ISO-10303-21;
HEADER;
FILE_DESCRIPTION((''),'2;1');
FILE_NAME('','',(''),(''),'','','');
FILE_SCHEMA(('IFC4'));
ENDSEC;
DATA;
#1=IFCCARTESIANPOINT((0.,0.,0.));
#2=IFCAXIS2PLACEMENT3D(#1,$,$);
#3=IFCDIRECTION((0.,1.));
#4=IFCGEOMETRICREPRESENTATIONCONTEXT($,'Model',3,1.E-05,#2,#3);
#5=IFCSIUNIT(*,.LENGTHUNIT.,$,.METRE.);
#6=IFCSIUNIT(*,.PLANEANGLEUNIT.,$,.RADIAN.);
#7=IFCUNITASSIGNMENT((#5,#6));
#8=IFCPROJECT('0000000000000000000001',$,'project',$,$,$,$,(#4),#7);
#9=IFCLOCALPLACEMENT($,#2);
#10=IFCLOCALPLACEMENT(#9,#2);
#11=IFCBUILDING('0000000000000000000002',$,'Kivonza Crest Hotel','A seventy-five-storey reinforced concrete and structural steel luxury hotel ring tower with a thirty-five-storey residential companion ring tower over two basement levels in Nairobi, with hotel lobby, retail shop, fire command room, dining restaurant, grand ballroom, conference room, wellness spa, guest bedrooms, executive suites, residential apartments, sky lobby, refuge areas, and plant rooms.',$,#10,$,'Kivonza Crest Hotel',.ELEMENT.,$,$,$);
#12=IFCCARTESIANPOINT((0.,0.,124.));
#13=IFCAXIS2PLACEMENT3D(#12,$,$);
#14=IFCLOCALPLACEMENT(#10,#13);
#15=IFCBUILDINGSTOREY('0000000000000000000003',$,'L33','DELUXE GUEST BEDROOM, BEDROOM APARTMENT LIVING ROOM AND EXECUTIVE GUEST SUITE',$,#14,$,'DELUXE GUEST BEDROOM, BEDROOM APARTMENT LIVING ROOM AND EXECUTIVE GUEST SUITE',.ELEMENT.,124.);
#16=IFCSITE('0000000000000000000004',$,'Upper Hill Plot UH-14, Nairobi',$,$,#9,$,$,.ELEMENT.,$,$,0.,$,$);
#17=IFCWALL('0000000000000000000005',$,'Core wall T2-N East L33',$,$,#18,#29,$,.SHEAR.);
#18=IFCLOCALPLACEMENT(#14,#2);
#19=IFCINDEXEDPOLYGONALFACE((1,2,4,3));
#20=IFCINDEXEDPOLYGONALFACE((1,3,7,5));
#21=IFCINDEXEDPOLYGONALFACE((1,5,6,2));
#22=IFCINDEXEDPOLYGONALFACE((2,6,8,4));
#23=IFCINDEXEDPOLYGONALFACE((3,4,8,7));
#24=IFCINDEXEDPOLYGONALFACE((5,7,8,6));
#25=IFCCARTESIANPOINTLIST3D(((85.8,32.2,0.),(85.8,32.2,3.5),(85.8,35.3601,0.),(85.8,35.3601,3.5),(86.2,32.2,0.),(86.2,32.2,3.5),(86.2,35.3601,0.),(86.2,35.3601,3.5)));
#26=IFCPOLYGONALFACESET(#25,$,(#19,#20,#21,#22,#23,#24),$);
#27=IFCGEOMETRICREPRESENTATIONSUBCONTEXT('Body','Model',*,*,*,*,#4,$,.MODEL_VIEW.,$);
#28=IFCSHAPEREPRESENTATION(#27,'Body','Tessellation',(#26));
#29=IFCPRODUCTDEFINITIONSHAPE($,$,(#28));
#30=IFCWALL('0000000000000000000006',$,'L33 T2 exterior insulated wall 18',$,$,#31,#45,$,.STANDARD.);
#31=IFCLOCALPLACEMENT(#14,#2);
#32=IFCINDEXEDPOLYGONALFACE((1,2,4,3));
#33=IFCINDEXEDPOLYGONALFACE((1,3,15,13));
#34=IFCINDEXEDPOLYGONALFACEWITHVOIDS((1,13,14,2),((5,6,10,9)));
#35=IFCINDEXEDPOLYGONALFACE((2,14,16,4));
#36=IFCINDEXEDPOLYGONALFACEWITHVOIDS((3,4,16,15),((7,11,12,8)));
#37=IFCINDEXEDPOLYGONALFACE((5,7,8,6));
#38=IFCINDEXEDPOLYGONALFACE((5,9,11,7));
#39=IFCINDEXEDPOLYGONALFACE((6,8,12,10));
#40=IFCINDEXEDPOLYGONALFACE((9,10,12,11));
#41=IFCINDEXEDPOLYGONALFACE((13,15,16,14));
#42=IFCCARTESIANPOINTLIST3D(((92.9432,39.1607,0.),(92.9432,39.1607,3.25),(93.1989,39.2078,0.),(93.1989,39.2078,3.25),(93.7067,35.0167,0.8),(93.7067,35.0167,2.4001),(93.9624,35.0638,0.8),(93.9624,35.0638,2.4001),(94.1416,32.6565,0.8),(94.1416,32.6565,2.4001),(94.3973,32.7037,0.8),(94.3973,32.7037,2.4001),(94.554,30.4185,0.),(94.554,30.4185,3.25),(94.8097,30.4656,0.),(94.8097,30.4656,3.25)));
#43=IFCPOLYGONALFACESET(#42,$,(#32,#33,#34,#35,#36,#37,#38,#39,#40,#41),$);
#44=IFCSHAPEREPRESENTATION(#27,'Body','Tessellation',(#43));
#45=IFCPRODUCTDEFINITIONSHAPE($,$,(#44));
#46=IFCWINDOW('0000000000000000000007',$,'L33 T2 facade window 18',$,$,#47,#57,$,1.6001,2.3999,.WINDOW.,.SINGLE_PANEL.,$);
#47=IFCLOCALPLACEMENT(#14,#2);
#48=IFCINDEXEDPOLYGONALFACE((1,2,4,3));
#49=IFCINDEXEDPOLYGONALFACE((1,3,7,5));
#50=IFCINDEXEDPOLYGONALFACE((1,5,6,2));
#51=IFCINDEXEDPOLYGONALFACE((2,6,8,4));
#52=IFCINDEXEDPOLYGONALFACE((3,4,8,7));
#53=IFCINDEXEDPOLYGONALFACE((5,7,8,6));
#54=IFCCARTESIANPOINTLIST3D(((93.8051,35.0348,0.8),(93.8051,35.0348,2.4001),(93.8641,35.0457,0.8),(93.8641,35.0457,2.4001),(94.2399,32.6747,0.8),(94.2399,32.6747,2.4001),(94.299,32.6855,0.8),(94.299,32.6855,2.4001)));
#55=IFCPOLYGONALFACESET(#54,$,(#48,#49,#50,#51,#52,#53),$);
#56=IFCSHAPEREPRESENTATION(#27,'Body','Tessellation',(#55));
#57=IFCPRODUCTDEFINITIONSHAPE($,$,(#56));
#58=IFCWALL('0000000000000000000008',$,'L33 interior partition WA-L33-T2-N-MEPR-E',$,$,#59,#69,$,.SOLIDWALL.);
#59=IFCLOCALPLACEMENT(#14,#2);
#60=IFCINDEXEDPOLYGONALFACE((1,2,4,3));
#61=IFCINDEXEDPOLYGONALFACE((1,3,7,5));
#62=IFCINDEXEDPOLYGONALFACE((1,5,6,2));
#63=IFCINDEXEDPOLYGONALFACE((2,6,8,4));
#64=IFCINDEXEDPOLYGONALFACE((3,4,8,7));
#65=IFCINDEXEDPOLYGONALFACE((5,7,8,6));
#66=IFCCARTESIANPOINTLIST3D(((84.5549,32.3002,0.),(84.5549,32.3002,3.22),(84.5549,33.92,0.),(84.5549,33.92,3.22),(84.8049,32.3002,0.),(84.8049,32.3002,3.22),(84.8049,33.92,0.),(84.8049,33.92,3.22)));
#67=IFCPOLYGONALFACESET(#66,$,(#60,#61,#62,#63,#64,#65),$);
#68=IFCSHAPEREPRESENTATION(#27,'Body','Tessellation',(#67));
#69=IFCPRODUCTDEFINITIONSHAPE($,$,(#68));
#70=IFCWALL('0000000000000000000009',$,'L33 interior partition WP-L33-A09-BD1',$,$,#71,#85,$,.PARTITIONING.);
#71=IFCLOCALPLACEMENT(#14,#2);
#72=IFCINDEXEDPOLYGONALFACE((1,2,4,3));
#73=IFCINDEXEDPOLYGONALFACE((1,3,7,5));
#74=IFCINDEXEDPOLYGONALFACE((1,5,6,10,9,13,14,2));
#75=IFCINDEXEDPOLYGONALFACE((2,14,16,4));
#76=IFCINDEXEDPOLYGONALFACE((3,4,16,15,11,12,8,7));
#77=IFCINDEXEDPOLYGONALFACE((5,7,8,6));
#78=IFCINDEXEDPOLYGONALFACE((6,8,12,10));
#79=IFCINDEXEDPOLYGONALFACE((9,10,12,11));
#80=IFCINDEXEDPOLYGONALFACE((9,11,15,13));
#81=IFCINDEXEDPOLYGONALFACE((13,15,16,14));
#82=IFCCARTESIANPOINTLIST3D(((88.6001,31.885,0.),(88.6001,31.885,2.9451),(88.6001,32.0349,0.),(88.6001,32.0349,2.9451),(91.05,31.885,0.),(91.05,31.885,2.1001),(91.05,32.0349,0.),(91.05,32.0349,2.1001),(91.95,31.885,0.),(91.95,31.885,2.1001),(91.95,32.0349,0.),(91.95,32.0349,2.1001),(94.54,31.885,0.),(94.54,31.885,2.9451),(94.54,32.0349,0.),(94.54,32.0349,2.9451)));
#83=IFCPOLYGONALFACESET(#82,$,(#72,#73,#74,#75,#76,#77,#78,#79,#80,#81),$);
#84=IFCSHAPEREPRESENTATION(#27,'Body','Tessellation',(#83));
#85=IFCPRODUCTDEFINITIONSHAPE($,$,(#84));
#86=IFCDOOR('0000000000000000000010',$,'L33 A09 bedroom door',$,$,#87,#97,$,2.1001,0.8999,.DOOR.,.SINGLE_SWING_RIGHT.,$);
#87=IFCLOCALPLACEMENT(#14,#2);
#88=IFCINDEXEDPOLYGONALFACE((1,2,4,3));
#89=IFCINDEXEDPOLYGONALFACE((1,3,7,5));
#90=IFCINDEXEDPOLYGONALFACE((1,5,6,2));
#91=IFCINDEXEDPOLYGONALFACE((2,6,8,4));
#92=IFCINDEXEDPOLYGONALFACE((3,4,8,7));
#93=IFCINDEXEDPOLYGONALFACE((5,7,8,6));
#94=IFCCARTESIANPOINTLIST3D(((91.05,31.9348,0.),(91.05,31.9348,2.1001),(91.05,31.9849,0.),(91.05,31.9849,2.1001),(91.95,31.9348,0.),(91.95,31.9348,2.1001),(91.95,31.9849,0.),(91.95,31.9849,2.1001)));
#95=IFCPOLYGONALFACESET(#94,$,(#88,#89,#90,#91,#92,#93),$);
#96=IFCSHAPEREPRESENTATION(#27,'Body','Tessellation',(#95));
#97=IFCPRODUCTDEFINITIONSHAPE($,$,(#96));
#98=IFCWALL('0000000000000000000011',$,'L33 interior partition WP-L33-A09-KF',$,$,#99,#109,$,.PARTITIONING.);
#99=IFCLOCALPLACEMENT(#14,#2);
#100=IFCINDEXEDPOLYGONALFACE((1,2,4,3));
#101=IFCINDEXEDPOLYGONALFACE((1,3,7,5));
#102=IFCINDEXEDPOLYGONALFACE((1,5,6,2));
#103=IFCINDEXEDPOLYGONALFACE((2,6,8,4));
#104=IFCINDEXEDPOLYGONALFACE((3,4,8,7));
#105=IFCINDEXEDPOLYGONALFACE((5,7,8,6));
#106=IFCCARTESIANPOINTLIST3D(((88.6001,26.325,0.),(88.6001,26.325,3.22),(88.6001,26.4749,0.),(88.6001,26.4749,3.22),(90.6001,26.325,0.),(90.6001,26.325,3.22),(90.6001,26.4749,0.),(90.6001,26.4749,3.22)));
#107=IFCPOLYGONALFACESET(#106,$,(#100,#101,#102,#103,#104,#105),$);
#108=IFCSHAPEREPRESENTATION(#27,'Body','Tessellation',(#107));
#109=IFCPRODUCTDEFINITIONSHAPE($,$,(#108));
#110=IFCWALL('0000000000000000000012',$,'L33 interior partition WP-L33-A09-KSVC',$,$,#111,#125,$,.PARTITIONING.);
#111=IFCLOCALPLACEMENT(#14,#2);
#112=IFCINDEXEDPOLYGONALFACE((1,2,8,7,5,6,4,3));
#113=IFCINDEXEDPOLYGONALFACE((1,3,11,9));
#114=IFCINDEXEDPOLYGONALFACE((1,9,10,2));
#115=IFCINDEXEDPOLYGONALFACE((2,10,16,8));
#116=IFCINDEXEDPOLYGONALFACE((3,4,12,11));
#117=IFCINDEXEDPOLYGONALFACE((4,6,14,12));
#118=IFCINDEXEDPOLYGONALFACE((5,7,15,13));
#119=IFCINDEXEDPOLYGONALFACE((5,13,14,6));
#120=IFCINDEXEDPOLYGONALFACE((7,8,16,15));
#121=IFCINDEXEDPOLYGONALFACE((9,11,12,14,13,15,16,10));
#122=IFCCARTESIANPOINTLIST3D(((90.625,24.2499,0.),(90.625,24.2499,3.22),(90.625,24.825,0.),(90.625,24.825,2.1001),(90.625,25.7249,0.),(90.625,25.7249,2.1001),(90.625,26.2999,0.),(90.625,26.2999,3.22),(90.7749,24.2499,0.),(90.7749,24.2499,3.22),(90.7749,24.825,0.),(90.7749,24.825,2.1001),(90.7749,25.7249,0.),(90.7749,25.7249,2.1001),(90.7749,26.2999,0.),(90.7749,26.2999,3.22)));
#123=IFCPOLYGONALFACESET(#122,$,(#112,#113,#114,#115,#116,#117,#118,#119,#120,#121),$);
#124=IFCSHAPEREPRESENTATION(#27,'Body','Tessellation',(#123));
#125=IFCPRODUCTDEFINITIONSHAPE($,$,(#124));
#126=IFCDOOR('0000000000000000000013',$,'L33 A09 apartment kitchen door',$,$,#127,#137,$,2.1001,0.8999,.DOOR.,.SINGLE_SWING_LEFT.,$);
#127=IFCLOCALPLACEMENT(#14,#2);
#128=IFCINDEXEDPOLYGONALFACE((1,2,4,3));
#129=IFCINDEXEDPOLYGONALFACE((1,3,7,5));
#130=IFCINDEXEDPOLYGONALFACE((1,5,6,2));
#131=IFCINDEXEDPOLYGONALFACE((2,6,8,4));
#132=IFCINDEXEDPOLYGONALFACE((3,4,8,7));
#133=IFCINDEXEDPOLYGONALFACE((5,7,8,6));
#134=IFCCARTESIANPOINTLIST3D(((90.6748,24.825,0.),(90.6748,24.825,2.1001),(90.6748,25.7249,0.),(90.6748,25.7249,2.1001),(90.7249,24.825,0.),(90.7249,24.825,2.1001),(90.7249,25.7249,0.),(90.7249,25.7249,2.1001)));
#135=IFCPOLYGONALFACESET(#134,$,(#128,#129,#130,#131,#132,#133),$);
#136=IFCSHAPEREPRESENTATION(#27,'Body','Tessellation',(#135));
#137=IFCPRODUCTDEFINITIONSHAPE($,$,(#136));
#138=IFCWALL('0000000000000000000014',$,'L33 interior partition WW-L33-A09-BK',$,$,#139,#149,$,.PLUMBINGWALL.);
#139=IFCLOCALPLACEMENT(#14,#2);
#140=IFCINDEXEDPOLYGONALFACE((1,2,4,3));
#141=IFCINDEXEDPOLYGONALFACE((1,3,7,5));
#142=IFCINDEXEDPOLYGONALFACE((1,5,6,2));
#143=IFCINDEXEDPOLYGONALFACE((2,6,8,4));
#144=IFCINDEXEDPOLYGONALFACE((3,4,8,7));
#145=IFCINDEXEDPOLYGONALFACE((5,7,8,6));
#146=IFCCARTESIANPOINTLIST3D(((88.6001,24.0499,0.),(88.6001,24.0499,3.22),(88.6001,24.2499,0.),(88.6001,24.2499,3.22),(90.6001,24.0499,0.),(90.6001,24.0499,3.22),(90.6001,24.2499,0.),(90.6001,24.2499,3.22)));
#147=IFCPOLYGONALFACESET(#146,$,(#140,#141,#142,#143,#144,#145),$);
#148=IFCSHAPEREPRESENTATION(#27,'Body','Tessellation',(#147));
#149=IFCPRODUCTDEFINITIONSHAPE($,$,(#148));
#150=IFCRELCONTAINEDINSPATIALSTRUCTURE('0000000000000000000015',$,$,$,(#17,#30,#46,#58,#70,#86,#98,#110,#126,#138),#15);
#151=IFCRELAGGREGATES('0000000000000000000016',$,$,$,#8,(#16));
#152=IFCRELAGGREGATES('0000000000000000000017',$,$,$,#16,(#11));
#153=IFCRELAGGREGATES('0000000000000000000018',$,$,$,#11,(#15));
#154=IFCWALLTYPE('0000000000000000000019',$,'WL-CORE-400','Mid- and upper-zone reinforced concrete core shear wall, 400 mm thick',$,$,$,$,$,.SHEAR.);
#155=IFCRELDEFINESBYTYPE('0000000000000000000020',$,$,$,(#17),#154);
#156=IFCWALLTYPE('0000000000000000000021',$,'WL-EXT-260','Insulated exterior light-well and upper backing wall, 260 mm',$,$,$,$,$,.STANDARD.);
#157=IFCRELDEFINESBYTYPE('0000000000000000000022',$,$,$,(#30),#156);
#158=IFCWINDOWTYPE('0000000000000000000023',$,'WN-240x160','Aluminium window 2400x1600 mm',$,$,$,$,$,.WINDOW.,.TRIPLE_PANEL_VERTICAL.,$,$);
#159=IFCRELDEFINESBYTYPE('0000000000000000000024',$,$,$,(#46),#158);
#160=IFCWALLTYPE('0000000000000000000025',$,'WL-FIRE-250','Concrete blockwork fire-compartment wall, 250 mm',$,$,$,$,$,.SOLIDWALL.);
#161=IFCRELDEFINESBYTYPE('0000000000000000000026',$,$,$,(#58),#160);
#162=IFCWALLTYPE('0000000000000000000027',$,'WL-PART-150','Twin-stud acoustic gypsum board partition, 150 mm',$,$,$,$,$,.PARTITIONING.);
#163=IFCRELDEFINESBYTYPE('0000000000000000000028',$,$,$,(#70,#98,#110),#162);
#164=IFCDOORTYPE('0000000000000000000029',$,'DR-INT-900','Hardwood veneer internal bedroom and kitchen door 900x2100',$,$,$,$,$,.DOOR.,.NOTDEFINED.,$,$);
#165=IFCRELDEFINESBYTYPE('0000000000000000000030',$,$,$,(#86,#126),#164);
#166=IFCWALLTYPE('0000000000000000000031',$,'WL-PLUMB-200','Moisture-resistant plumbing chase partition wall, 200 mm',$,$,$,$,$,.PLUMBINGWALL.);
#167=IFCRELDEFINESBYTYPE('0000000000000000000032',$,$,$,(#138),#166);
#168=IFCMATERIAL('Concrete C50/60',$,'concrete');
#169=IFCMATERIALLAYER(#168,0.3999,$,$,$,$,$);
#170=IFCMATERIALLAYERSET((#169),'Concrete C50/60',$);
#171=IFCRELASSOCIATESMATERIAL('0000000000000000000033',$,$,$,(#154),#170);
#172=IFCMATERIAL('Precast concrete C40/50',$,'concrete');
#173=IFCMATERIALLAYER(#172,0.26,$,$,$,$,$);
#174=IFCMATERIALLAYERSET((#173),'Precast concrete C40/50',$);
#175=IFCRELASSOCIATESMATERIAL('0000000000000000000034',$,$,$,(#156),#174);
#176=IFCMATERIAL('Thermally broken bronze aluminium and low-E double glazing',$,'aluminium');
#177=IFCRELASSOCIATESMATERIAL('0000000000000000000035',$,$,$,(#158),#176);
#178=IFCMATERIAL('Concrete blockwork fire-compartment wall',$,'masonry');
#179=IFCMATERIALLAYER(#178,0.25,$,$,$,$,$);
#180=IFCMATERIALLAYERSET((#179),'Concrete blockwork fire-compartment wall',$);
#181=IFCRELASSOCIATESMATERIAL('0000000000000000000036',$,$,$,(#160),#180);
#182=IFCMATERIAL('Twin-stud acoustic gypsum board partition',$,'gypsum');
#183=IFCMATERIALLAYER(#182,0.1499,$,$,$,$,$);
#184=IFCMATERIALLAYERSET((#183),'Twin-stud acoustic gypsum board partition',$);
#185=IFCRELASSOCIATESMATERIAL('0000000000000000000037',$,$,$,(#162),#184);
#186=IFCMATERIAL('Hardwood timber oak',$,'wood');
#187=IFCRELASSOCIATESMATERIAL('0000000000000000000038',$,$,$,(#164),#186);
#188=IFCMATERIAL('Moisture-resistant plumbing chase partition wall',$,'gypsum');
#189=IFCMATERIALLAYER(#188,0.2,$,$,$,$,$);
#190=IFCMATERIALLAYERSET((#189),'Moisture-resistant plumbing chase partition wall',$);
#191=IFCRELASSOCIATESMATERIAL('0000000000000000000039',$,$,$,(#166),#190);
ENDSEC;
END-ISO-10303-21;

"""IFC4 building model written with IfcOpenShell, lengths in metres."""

from ifc_helpers import new_model, si_unit, direction, frame, frame_2d, origin, place, context, subcontext, project, spatial, rectangle, extrude, material, layer, layer_set, type_object, element, fill, save


model = new_model("IFC4")

# Units and contexts
model_context = context("Model", 3, precision=1e-05, world=origin(), true_north=direction((0.0, 1.0)))
body_context = subcontext(model_context, "Body", "Model", "MODEL_VIEW")
ifc_project = project(units=[si_unit("LENGTHUNIT", "METRE"), si_unit("PLANEANGLEUNIT", "RADIAN")], contexts=[model_context])

# Site, building, storey
site_placement = place(None, origin())
site = spatial("IfcSite", under=ifc_project, at=site_placement, Name="Upper Hill Plot UH-14, Nairobi", CompositionType="ELEMENT", RefElevation=0.0)
building_placement = place(site_placement, origin())
building = spatial("IfcBuilding", under=site, at=building_placement, Name="Kivonza Crest Hotel", Description="A seventy-five-storey reinforced concrete and structural steel luxury hotel ring tower with a thirty-five-storey residential companion ring tower over two basement levels in Nairobi, with hotel lobby, retail shop, fire command room, dining restaurant, grand ballroom, conference room, wellness spa, guest bedrooms, executive suites, residential apartments, sky lobby, refuge areas, and plant rooms.", LongName="Kivonza Crest Hotel", CompositionType="ELEMENT")
storey_placement = place(building_placement, frame((0.0, 0.0, 124.0)))
storey = spatial("IfcBuildingStorey", under=building, at=storey_placement, Name="L33", Description="DELUXE GUEST BEDROOM, BEDROOM APARTMENT LIVING ROOM AND EXECUTIVE GUEST SUITE", LongName="DELUXE GUEST BEDROOM, BEDROOM APARTMENT LIVING ROOM AND EXECUTIVE GUEST SUITE", CompositionType="ELEMENT", Elevation=124.0)

# Shared definitions
ifc_material_1 = material(Name="Concrete C50/60", Category="concrete")

# Shared definitions
ifc_material_2 = material(Name="Hardwood timber oak", Category="wood")

# Wall
ifc_layer_1 = layer(ifc_material_1, 0.3999)
ifc_layer_set_1 = layer_set([ifc_layer_1], Name="Concrete C50/60")
wall_type_1 = type_object("IfcWallType", Name="WL-CORE-400", Description="Mid- and upper-zone reinforced concrete core shear wall, 400 mm thick", PredefinedType="SHEAR", material=ifc_layer_set_1)
wall_1_placement = place(storey_placement, frame((86.0, 32.2, 0.0), z_axis=(0.0, 0.0, 1.0), x_axis=(0.0, 1.0, 0.0)))
element("IfcWall", 1, at=wall_1_placement, inside=storey, type_object=wall_type_1, Name="Core wall T2-N East L33", PredefinedType="SHEAR", context=body_context, shape_type="SweptSolid", body=[
    extrude(rectangle(XDim=3.1602, YDim=0.3999, at=frame_2d((1.5801, 0.0))), origin(), (0.0, 0.0, 1.0), 3.5),
])

# Wall, opening, window
ifc_material_3 = material(Name="Precast concrete C40/50", Category="concrete")
ifc_layer_2 = layer(ifc_material_3, 0.26)
ifc_layer_set_2 = layer_set([ifc_layer_2], Name="Precast concrete C40/50")
wall_type_2 = type_object("IfcWallType", Name="WL-EXT-260", Description="Insulated exterior light-well and upper backing wall, 260 mm", PredefinedType="STANDARD", material=ifc_layer_set_2)
wall_2_placement = place(storey_placement, frame((94.6819, 30.4419, 0.0), z_axis=(0.0, 0.0, 1.0), x_axis=(-0.18121, 0.983444, 0.0)))
wall_2 = element("IfcWall", 2, at=wall_2_placement, inside=storey, type_object=wall_type_2, Name="L33 T2 exterior insulated wall 18", PredefinedType="STANDARD", context=body_context, shape_type="SweptSolid", body=[
    extrude(rectangle(XDim=8.8894, YDim=0.26, at=frame_2d((4.4448, 0.0))), origin(), (0.0, 0.0, 1.0), 3.25),
])
opening_1_placement = place(wall_2_placement, frame((2.2759, 0.0, 0.8)))
opening_1 = element("IfcOpeningElement", 3, at=opening_1_placement, cuts=wall_2, PredefinedType="OPENING", context=body_context, shape_type="SweptSolid", body=[
    extrude(rectangle(XDim=2.3999, YDim=1.6001, at=frame_2d((1.2, 0.8))), frame((0.0, 0.1401, 0.0), z_axis=(0.0, -1.0, 0.0), x_axis=(1.0, 0.0, 0.0)), (0.0, 0.0, 1.0), 0.28),
])
ifc_material_4 = material(Name="Thermally broken bronze aluminium and low-E double glazing", Category="aluminium")
window_type = type_object("IfcWindowType", Name="WN-240x160", Description="Aluminium window 2400x1600 mm", PartitioningType="TRIPLE_PANEL_VERTICAL", PredefinedType="WINDOW", material=ifc_material_4)
window_placement = place(opening_1_placement, origin())
window = element("IfcWindow", 4, at=window_placement, inside=storey, type_object=window_type, Name="L33 T2 facade window 18", OverallHeight=1.6001, OverallWidth=2.3999, PartitioningType="SINGLE_PANEL", PredefinedType="WINDOW", context=body_context, shape_type="SweptSolid", body=[
    extrude(rectangle(XDim=2.3999, YDim=1.6001, at=frame_2d((1.2, 0.8))), frame((0.0, 0.03, 0.0), z_axis=(0.0, -1.0, 0.0), x_axis=(1.0, 0.0, 0.0)), (0.0, 0.0, 1.0), 0.0601),
])
fill(opening_1, window)

# Wall
ifc_material_5 = material(Name="Concrete blockwork fire-compartment wall", Category="masonry")
ifc_layer_3 = layer(ifc_material_5, 0.25)
ifc_layer_set_3 = layer_set([ifc_layer_3], Name="Concrete blockwork fire-compartment wall")
wall_type_3 = type_object("IfcWallType", Name="WL-FIRE-250", Description="Concrete blockwork fire-compartment wall, 250 mm", PredefinedType="SOLIDWALL", material=ifc_layer_set_3)
wall_3_placement = place(storey_placement, frame((84.6799, 32.3, 0.0), z_axis=(0.0, 0.0, 1.0), x_axis=(0.0, 1.0, 0.0)))
element("IfcWall", 5, at=wall_3_placement, inside=storey, type_object=wall_type_3, Name="L33 interior partition WA-L33-T2-N-MEPR-E", PredefinedType="SOLIDWALL", context=body_context, shape_type="SweptSolid", body=[
    extrude(rectangle(XDim=1.6199, YDim=0.25, at=frame_2d((0.8101, 0.0))), origin(), (0.0, 0.0, 1.0), 3.22),
])

# Wall, opening, door
ifc_material_6 = material(Name="Twin-stud acoustic gypsum board partition", Category="gypsum")
ifc_layer_4 = layer(ifc_material_6, 0.1499)
ifc_layer_set_4 = layer_set([ifc_layer_4], Name="Twin-stud acoustic gypsum board partition")
wall_type_4 = type_object("IfcWallType", Name="WL-PART-150", Description="Twin-stud acoustic gypsum board partition, 150 mm", PredefinedType="PARTITIONING", material=ifc_layer_set_4)
wall_4_placement = place(storey_placement, frame((88.6001, 31.96, 0.0), z_axis=(0.0, 0.0, 1.0), x_axis=(1.0, 0.0, 0.0)))
wall_4 = element("IfcWall", 6, at=wall_4_placement, inside=storey, type_object=wall_type_4, Name="L33 interior partition WP-L33-A09-BD1", PredefinedType="PARTITIONING", context=body_context, shape_type="SweptSolid", body=[
    extrude(rectangle(XDim=5.9399, YDim=0.1499, at=frame_2d((2.97, 0.0))), origin(), (0.0, 0.0, 1.0), 2.9451),
])
opening_2_placement = place(wall_4_placement, frame((2.45, 0.0, 0.0)))
opening_2 = element("IfcOpeningElement", 7, at=opening_2_placement, cuts=wall_4, PredefinedType="OPENING", context=body_context, shape_type="SweptSolid", body=[
    extrude(rectangle(XDim=0.8999, YDim=2.1001, at=frame_2d((0.45, 1.05))), frame((0.0, 0.085, 0.0), z_axis=(0.0, -1.0, 0.0), x_axis=(1.0, 0.0, 0.0)), (0.0, 0.0, 1.0), 0.1699),
])
door_type_1 = type_object("IfcDoorType", Name="DR-INT-900", Description="Hardwood veneer internal bedroom and kitchen door 900x2100", OperationType="NOTDEFINED", PredefinedType="DOOR", material=ifc_material_2)
door_1_placement = place(opening_2_placement, origin())
door_1 = element("IfcDoor", 8, at=door_1_placement, inside=storey, type_object=door_type_1, Name="L33 A09 bedroom door", OperationType="SINGLE_SWING_RIGHT", OverallHeight=2.1001, OverallWidth=0.8999, PredefinedType="DOOR", context=body_context, shape_type="SweptSolid", body=[
    extrude(rectangle(XDim=0.8999, YDim=2.1001, at=frame_2d((0.45, 1.05))), frame((0.0, 0.0249, 0.0), z_axis=(0.0, -1.0, 0.0), x_axis=(1.0, 0.0, 0.0)), (0.0, 0.0, 1.0), 0.05),
])
fill(opening_2, door_1)

# Wall
wall_5_placement = place(storey_placement, frame((88.6001, 26.3999, 0.0), z_axis=(0.0, 0.0, 1.0), x_axis=(1.0, 0.0, 0.0)))
element("IfcWall", 9, at=wall_5_placement, inside=storey, type_object=wall_type_4, Name="L33 interior partition WP-L33-A09-KF", PredefinedType="PARTITIONING", context=body_context, shape_type="SweptSolid", body=[
    extrude(rectangle(XDim=2.0, YDim=0.1499, at=frame_2d((1.0, 0.0))), origin(), (0.0, 0.0, 1.0), 3.22),
])

# Wall, opening, door
wall_6_placement = place(storey_placement, frame((90.7, 24.25, 0.0), z_axis=(0.0, 0.0, 1.0), x_axis=(0.0, 1.0, 0.0)))
wall_6 = element("IfcWall", 10, at=wall_6_placement, inside=storey, type_object=wall_type_4, Name="L33 interior partition WP-L33-A09-KSVC", PredefinedType="PARTITIONING", context=body_context, shape_type="SweptSolid", body=[
    extrude(rectangle(XDim=2.05, YDim=0.1499, at=frame_2d((1.0249, 0.0))), origin(), (0.0, 0.0, 1.0), 3.22),
])
opening_3_placement = place(wall_6_placement, frame((0.575, 0.0, 0.0)))
opening_3 = element("IfcOpeningElement", 11, at=opening_3_placement, cuts=wall_6, PredefinedType="OPENING", context=body_context, shape_type="SweptSolid", body=[
    extrude(rectangle(XDim=0.8999, YDim=2.1001, at=frame_2d((0.45, 1.05))), frame((0.0, 0.085, 0.0), z_axis=(0.0, -1.0, 0.0), x_axis=(1.0, 0.0, 0.0)), (0.0, 0.0, 1.0), 0.1699),
])
door_2_placement = place(opening_3_placement, frame((0.8999, 0.0, 0.0), z_axis=(0.0, 0.0, 1.0), x_axis=(-1.0, 0.0, 0.0)))
door_2 = element("IfcDoor", 12, at=door_2_placement, inside=storey, type_object=door_type_1, Name="L33 A09 apartment kitchen door", OperationType="SINGLE_SWING_LEFT", OverallHeight=2.1001, OverallWidth=0.8999, PredefinedType="DOOR", context=body_context, shape_type="SweptSolid", body=[
    extrude(rectangle(XDim=0.8999, YDim=2.1001, at=frame_2d((0.45, 1.05))), frame((0.0, 0.0249, 0.0), z_axis=(0.0, -1.0, 0.0), x_axis=(1.0, 0.0, 0.0)), (0.0, 0.0, 1.0), 0.05),
])
fill(opening_3, door_2)

# Wall
ifc_material_7 = material(Name="Moisture-resistant plumbing chase partition wall", Category="gypsum")
ifc_layer_5 = layer(ifc_material_7, 0.2)
ifc_layer_set_5 = layer_set([ifc_layer_5], Name="Moisture-resistant plumbing chase partition wall")
wall_type_5 = type_object("IfcWallType", Name="WL-PLUMB-200", Description="Moisture-resistant plumbing chase partition wall, 200 mm", PredefinedType="PLUMBINGWALL", material=ifc_layer_set_5)
wall_7_placement = place(storey_placement, frame((88.6001, 24.1499, 0.0), z_axis=(0.0, 0.0, 1.0), x_axis=(1.0, 0.0, 0.0)))
element("IfcWall", 13, at=wall_7_placement, inside=storey, type_object=wall_type_5, Name="L33 interior partition WW-L33-A09-BK", PredefinedType="PLUMBINGWALL", context=body_context, shape_type="SweptSolid", body=[
    extrude(rectangle(XDim=2.0, YDim=0.2, at=frame_2d((1.0, 0.0))), origin(), (0.0, 0.0, 1.0), 3.22),
])

save(model, "model.ifc")
